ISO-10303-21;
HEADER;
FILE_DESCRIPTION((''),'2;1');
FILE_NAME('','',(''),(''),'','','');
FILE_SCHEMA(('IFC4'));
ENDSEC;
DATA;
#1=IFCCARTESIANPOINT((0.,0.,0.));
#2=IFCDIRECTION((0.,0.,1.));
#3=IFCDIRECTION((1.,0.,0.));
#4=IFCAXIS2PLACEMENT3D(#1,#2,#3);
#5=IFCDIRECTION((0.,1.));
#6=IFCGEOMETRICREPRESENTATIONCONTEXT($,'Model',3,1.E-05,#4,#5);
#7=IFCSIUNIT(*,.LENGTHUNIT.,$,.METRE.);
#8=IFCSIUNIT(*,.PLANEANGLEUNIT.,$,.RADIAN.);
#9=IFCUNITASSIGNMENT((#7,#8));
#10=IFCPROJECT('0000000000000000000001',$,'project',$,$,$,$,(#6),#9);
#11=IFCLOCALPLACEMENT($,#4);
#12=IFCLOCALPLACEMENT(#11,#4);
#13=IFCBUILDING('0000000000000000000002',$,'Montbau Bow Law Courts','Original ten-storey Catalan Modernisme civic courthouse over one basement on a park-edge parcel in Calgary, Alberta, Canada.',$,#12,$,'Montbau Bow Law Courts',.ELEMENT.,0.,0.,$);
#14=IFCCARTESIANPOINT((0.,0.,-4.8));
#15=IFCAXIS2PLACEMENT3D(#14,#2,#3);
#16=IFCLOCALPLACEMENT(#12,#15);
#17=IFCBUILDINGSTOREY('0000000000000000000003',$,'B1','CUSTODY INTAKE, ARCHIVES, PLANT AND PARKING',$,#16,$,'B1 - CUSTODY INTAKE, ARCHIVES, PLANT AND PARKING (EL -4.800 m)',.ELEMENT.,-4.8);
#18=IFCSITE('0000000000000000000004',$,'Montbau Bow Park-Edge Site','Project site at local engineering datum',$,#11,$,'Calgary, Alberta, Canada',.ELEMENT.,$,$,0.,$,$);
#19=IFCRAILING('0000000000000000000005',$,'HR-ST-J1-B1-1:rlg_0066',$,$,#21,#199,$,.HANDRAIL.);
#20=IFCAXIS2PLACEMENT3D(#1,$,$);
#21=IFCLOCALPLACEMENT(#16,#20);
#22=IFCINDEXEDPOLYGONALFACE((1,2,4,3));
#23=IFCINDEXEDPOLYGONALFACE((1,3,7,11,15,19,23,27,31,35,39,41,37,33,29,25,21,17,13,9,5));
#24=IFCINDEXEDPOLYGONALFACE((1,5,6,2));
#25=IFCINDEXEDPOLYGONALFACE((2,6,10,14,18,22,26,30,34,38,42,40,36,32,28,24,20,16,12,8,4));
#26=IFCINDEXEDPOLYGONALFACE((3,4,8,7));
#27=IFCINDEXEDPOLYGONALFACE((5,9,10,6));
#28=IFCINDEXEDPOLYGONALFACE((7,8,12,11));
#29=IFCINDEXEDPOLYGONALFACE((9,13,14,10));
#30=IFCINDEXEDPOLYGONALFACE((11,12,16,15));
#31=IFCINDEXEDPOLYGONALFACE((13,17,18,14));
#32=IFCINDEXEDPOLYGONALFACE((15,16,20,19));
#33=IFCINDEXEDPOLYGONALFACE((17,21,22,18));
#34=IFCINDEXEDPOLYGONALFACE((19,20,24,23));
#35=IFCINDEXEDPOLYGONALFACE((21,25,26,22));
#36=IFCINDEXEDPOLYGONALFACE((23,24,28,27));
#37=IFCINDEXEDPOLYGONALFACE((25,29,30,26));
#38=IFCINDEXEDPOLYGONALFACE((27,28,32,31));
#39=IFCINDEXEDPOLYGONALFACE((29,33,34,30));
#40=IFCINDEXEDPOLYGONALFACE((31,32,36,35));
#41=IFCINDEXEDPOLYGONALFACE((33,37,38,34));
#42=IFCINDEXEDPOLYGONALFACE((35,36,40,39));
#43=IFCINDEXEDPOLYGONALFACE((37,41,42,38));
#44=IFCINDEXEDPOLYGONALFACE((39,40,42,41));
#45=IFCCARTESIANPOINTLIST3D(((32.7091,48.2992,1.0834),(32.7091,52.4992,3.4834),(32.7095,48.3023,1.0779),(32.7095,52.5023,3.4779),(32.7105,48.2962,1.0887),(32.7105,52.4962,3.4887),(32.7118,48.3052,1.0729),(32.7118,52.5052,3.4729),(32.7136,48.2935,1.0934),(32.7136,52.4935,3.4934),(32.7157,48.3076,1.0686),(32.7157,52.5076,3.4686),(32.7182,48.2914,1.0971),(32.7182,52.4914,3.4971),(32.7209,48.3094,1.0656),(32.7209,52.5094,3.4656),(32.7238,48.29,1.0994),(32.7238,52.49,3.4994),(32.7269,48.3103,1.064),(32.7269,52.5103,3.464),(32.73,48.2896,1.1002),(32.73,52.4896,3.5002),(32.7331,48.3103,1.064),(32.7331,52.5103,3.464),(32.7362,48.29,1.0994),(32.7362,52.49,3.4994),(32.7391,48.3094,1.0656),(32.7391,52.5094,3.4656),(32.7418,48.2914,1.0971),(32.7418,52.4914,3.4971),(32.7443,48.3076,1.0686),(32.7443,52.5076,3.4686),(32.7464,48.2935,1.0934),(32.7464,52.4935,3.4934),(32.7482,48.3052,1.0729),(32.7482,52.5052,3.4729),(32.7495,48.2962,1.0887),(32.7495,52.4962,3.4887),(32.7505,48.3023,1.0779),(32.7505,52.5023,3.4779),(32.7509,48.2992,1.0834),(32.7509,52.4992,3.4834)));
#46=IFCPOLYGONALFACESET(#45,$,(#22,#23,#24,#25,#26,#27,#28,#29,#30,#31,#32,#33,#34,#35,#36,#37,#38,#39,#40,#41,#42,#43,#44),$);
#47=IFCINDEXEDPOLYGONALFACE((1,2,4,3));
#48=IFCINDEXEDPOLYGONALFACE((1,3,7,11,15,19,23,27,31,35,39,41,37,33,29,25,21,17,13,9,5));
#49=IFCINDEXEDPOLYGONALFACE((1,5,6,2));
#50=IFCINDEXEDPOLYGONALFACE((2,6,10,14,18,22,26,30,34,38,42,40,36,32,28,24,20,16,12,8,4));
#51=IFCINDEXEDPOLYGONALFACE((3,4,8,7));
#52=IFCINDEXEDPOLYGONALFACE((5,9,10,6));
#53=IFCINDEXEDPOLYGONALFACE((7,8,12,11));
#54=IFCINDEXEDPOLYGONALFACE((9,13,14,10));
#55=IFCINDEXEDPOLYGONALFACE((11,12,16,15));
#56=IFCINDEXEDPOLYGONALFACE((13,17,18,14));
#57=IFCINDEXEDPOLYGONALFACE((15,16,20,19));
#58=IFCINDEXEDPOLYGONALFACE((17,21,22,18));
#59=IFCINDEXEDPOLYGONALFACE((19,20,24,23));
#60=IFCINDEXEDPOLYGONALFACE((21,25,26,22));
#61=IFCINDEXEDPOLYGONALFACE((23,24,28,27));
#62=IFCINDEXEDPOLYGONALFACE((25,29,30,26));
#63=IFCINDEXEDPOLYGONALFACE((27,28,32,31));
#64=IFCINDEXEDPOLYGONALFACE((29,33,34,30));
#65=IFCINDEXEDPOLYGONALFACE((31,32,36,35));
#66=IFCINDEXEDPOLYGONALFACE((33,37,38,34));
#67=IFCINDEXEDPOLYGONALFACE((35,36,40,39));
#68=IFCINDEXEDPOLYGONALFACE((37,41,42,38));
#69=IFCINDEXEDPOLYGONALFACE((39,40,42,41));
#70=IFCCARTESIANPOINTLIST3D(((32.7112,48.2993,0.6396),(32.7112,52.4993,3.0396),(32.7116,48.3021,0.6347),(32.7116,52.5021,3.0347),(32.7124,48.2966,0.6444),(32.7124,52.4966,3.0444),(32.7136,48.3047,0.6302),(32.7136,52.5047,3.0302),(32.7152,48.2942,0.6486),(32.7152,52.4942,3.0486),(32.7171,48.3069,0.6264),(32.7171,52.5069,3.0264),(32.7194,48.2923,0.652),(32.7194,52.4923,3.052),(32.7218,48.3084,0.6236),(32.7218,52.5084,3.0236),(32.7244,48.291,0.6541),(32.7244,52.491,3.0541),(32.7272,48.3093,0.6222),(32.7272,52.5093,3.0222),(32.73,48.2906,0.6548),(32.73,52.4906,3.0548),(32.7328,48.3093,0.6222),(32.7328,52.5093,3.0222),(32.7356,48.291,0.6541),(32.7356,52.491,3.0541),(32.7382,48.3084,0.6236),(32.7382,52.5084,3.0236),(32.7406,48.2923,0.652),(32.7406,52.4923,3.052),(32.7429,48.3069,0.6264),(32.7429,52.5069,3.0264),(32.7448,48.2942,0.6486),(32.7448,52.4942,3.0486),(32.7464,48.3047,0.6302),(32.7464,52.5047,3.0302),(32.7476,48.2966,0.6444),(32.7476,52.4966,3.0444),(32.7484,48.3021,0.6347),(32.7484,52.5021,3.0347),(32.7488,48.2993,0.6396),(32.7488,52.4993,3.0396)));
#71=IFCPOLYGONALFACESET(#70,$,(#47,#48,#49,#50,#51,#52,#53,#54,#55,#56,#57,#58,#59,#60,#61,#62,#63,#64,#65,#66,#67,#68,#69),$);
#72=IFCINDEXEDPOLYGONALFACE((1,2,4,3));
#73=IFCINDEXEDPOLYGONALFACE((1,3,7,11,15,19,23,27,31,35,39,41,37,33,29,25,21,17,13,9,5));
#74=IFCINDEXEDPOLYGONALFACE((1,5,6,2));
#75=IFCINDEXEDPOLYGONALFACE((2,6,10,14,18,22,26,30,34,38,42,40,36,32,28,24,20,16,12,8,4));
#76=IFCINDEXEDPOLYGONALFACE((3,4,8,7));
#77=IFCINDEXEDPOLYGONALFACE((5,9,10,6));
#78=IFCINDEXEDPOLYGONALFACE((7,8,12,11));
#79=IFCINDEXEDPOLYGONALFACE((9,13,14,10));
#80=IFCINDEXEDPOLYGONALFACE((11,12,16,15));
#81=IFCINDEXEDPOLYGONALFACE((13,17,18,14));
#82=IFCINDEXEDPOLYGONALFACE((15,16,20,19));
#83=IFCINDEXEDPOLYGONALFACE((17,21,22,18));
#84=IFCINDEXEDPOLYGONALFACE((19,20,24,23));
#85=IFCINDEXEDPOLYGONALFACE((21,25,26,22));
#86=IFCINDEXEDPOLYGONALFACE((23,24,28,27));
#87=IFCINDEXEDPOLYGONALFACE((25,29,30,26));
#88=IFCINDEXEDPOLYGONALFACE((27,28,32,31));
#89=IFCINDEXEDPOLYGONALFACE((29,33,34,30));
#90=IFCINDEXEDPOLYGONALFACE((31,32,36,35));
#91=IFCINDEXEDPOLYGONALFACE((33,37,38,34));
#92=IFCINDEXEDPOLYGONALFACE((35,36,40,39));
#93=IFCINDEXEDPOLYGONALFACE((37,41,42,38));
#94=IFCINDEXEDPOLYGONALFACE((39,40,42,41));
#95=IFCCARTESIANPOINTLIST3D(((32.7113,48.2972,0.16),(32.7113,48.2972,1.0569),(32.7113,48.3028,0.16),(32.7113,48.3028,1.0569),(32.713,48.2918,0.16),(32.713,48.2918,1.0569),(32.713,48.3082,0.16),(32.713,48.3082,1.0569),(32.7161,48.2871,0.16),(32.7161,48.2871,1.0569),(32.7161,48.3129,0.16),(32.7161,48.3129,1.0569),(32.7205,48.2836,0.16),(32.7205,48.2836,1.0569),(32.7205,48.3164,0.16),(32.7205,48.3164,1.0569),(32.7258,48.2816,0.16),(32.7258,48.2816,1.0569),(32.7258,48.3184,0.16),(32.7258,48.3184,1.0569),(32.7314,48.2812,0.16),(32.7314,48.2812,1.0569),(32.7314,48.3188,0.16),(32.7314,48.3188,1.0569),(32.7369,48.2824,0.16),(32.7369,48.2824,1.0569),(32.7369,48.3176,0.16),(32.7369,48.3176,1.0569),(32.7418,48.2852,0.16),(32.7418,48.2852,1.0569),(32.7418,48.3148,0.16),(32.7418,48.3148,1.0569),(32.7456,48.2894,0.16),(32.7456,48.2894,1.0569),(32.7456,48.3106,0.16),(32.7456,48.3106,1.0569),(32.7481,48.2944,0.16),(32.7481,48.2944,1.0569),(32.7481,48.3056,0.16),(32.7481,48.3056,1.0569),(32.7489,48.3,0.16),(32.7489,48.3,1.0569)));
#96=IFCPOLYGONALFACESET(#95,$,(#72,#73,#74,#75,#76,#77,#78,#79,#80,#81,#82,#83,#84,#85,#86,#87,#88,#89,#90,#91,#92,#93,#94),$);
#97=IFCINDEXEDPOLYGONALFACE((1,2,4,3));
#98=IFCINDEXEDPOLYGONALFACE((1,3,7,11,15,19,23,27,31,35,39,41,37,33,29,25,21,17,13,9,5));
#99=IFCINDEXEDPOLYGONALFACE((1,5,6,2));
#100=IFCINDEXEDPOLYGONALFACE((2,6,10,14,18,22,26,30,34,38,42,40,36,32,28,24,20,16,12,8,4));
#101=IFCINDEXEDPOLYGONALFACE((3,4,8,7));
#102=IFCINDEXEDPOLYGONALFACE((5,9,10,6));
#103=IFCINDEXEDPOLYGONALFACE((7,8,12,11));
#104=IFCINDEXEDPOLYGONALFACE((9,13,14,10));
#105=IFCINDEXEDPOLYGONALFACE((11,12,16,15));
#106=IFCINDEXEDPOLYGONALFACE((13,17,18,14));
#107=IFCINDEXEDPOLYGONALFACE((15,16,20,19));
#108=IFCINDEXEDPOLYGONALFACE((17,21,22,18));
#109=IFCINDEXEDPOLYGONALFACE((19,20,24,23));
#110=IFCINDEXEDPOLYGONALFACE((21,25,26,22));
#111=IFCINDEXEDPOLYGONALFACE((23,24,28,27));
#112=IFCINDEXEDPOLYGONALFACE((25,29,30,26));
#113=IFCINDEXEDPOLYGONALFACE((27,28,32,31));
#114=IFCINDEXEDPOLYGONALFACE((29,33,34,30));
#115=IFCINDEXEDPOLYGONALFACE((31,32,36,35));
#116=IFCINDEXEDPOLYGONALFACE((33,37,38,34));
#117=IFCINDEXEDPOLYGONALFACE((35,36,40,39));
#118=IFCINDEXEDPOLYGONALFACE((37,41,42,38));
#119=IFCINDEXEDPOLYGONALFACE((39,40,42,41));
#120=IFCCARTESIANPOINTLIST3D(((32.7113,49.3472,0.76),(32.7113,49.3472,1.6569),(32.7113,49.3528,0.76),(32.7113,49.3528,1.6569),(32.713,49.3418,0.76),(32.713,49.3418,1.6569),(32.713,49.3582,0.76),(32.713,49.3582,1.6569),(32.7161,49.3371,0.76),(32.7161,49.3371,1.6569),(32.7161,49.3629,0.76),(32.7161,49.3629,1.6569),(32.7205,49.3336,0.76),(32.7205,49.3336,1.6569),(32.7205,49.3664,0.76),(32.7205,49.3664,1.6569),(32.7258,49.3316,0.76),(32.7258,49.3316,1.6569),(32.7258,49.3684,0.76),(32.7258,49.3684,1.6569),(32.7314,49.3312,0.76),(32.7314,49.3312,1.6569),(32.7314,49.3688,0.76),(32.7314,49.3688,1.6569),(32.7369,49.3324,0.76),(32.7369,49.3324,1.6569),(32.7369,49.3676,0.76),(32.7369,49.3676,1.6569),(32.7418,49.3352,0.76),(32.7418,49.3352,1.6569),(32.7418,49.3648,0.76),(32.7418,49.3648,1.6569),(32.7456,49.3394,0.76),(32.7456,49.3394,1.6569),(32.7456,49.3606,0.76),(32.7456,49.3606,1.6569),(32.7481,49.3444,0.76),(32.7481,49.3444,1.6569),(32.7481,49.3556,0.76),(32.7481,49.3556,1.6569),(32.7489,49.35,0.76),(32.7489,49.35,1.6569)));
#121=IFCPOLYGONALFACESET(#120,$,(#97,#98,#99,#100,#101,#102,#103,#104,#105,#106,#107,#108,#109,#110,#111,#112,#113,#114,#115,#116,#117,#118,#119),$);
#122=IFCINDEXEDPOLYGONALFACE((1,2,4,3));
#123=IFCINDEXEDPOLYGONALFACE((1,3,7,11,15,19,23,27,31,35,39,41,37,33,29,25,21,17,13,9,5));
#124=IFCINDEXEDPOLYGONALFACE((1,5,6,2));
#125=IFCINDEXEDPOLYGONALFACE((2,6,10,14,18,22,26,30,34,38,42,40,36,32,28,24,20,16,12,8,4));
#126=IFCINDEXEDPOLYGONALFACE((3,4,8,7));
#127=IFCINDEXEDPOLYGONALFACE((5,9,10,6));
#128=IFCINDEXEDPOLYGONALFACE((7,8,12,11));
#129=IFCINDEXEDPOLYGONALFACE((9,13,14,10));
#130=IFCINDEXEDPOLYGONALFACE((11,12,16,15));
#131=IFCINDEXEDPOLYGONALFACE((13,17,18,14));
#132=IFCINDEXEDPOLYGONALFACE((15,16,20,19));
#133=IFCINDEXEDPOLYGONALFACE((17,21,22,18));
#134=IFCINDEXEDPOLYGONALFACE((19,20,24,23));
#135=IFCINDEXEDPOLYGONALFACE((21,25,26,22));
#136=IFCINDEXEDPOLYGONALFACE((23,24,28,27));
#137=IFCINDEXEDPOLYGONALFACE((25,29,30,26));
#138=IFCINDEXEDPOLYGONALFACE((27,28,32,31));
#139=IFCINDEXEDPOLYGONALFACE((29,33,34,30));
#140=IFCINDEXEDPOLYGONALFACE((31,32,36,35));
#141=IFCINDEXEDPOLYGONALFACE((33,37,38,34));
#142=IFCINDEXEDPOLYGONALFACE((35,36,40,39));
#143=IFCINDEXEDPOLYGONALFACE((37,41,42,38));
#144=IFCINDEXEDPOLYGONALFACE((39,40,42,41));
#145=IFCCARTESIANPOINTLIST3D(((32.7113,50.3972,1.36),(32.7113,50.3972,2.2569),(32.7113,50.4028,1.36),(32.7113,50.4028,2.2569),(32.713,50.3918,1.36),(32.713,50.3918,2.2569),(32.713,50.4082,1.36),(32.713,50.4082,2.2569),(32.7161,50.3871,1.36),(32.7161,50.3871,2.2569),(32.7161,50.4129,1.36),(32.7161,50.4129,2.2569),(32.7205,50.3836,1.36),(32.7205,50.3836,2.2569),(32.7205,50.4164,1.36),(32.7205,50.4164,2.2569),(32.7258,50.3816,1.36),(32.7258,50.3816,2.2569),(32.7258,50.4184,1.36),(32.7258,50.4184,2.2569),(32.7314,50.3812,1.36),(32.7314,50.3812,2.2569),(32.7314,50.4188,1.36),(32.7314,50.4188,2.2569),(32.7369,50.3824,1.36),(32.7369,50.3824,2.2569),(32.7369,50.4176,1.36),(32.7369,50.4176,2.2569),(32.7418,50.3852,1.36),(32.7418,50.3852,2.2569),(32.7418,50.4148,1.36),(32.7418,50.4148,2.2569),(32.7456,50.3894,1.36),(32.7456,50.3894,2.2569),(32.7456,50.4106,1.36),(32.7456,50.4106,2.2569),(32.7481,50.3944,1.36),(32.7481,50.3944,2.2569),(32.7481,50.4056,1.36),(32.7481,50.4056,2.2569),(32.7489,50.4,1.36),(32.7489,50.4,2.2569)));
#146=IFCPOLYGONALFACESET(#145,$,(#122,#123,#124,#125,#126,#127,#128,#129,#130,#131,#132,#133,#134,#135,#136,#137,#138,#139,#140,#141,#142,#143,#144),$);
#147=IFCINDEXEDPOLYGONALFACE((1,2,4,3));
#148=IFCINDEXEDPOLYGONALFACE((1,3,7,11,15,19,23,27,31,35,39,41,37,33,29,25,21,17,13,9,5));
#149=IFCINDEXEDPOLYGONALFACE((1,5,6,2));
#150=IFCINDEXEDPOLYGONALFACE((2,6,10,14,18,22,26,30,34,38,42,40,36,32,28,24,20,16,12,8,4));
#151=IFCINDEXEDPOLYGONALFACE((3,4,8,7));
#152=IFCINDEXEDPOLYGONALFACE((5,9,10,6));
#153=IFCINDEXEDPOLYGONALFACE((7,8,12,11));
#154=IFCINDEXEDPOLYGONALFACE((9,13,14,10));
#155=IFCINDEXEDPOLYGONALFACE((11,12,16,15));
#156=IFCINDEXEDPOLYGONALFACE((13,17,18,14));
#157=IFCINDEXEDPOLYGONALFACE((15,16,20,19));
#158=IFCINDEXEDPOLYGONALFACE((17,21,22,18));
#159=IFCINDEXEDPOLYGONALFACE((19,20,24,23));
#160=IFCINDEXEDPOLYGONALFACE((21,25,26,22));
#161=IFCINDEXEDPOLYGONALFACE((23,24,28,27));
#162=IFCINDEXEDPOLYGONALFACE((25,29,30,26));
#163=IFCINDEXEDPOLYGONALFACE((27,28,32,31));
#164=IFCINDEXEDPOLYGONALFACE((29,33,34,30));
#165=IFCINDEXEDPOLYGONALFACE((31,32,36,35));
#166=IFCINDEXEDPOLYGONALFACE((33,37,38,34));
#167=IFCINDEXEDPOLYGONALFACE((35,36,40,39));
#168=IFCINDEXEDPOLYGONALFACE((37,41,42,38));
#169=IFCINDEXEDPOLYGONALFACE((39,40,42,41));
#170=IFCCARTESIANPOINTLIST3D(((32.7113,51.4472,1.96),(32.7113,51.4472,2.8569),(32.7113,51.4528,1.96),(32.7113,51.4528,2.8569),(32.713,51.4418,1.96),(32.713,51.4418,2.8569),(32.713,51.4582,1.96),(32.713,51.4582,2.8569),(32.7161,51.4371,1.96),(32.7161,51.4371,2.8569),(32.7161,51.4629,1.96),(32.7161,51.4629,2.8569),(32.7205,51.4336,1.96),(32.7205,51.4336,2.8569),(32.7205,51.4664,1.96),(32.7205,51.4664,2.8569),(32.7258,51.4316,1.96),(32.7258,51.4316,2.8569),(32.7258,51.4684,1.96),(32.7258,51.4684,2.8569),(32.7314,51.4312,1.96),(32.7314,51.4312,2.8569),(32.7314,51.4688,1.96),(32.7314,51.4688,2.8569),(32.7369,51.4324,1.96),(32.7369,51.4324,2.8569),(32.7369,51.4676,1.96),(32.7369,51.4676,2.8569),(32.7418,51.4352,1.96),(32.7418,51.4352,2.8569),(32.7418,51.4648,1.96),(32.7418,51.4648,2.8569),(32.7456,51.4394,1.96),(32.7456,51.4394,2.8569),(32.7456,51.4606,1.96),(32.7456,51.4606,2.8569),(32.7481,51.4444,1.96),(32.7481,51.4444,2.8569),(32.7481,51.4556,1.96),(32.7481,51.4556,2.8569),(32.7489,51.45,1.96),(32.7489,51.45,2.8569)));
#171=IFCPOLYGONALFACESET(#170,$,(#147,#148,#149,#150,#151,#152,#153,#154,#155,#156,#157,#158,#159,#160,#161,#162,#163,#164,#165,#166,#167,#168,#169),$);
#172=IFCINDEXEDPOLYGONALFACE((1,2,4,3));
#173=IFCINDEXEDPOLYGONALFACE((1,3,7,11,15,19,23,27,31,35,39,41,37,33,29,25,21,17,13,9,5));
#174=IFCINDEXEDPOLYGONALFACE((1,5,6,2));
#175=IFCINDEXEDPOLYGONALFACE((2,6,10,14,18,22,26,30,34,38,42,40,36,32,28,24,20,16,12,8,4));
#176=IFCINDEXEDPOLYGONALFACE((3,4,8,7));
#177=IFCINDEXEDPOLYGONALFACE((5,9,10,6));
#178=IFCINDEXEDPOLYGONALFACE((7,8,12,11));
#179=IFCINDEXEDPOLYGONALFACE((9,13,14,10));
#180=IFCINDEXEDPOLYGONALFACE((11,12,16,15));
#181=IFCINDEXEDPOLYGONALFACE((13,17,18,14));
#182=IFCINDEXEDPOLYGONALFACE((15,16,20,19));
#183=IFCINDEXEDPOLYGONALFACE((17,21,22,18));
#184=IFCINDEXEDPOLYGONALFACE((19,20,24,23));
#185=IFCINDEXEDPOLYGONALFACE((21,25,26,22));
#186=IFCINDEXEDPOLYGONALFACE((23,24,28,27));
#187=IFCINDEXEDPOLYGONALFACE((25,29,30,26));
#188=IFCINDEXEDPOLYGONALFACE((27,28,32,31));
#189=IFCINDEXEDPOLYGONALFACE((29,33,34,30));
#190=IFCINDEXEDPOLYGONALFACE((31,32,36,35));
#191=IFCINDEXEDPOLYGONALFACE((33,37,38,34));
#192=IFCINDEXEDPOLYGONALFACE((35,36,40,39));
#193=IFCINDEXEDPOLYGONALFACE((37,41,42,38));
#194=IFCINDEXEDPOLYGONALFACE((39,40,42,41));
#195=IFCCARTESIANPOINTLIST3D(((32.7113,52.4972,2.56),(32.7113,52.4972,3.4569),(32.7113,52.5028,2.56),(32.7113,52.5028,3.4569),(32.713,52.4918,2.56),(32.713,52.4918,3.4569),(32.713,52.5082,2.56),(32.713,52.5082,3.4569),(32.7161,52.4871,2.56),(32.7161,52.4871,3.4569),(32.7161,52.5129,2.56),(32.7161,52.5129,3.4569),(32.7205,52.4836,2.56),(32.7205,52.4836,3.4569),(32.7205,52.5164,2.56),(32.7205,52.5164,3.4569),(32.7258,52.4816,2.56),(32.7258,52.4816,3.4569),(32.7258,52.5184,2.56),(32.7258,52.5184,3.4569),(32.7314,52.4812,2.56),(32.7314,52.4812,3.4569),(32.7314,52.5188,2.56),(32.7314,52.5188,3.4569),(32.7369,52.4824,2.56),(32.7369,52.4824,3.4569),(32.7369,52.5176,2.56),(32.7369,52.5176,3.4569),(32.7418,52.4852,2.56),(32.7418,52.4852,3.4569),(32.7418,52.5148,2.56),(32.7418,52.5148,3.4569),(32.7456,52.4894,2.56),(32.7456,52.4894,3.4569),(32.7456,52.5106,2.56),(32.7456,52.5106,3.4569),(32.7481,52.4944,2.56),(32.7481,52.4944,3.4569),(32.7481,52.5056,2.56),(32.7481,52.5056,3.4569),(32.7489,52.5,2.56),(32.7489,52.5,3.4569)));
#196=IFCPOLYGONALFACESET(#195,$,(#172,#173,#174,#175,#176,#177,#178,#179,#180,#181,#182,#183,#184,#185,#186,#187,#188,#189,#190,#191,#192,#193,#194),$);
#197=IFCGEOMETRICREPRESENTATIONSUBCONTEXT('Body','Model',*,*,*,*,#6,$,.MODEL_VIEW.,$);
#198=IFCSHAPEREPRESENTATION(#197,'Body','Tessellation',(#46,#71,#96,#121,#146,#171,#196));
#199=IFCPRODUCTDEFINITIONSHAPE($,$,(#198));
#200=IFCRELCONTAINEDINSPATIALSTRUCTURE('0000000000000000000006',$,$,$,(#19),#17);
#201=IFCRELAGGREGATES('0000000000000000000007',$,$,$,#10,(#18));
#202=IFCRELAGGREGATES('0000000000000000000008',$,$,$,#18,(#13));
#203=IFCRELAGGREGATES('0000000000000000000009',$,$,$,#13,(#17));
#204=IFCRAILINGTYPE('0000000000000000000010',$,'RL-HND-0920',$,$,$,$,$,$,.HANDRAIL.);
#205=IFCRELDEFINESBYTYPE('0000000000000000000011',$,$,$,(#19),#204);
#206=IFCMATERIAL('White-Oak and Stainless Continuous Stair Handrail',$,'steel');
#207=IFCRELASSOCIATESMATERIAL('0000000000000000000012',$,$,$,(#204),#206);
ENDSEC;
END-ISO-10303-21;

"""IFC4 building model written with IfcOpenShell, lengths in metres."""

from ifc_helpers import new_model, si_unit, direction, frame, origin_with_axes, origin_2d_with_axis, place, context, subcontext, project, spatial, circle, extrude, material, type_object, element, save


model = new_model("IFC4")

# Units and contexts
model_context = context("Model", 3, precision=1e-05, world=origin_with_axes(), true_north=direction((0.0, 1.0)))
body_context = subcontext(model_context, "Body", "Model", "MODEL_VIEW")
ifc_project = project(units=[si_unit("LENGTHUNIT", "METRE"), si_unit("PLANEANGLEUNIT", "RADIAN")], contexts=[model_context])

# Site, building, storey
site_placement = place(None, origin_with_axes())
site = spatial("IfcSite", under=ifc_project, at=site_placement, Name="Montbau Bow Park-Edge Site", Description="Project site at local engineering datum", LongName="Calgary, Alberta, Canada", CompositionType="ELEMENT", RefElevation=0.0)
building_placement = place(site_placement, origin_with_axes())
building = spatial("IfcBuilding", under=site, at=building_placement, Name="Montbau Bow Law Courts", Description="Original ten-storey Catalan Modernisme civic courthouse over one basement on a park-edge parcel in Calgary, Alberta, Canada.", LongName="Montbau Bow Law Courts", CompositionType="ELEMENT", ElevationOfRefHeight=0.0, ElevationOfTerrain=0.0)
storey_placement = place(building_placement, frame((0.0, 0.0, -4.8), z_axis=(0.0, 0.0, 1.0), x_axis=(1.0, 0.0, 0.0)))
storey = spatial("IfcBuildingStorey", under=building, at=storey_placement, Name="B1", Description="CUSTODY INTAKE, ARCHIVES, PLANT AND PARKING", LongName="B1 - CUSTODY INTAKE, ARCHIVES, PLANT AND PARKING (EL -4.800 m)", CompositionType="ELEMENT", Elevation=-4.8)

# Railing
ifc_material_1 = material(Name="White-Oak and Stainless Continuous Stair Handrail", Category="steel")
railing_type_1 = type_object("IfcRailingType", Name="RL-HND-0920", PredefinedType="HANDRAIL", material=ifc_material_1)
railing_1_placement = place(None, origin_with_axes())
element("IfcRailing", 1, at=railing_1_placement, inside=storey, type_object=railing_type_1, Name="HR-ST-J1-B1-1:rlg_0066", PredefinedType="HANDRAIL", context=body_context, shape_type="SweptSolid", body=[
    extrude(circle(Radius=0.021, at=origin_2d_with_axis()), frame((32.73, 48.3, -3.718), z_axis=(0.0, 0.868243, 0.496139), x_axis=(0.0, -0.496139, 0.868243)), (0.0, 0.0, 1.0), 4.8374),
    extrude(circle(Radius=0.0189, at=origin_2d_with_axis()), frame((32.73, 48.3, -4.1616), z_axis=(0.0, 0.868243, 0.496139), x_axis=(0.0, -0.496139, 0.868243)), (0.0, 0.0, 1.0), 4.8374),
    extrude(circle(Radius=0.0189, at=origin_2d_with_axis()), frame((32.73, 48.3, -4.64), z_axis=(0.0, 0.0, 1.0), x_axis=(1.0, 0.0, 0.0)), (0.0, 0.0, 1.0), 0.8969),
    extrude(circle(Radius=0.0189, at=origin_2d_with_axis()), frame((32.73, 49.35, -4.04), z_axis=(0.0, 0.0, 1.0), x_axis=(1.0, 0.0, 0.0)), (0.0, 0.0, 1.0), 0.8969),
    extrude(circle(Radius=0.0189, at=origin_2d_with_axis()), frame((32.73, 50.4, -3.44), z_axis=(0.0, 0.0, 1.0), x_axis=(1.0, 0.0, 0.0)), (0.0, 0.0, 1.0), 0.8969),
    extrude(circle(Radius=0.0189, at=origin_2d_with_axis()), frame((32.73, 51.45, -2.84), z_axis=(0.0, 0.0, 1.0), x_axis=(1.0, 0.0, 0.0)), (0.0, 0.0, 1.0), 0.8969),
    extrude(circle(Radius=0.0189, at=origin_2d_with_axis()), frame((32.73, 52.5, -2.24), z_axis=(0.0, 0.0, 1.0), x_axis=(1.0, 0.0, 0.0)), (0.0, 0.0, 1.0), 0.8969),
])

save(model, "model.ifc")
